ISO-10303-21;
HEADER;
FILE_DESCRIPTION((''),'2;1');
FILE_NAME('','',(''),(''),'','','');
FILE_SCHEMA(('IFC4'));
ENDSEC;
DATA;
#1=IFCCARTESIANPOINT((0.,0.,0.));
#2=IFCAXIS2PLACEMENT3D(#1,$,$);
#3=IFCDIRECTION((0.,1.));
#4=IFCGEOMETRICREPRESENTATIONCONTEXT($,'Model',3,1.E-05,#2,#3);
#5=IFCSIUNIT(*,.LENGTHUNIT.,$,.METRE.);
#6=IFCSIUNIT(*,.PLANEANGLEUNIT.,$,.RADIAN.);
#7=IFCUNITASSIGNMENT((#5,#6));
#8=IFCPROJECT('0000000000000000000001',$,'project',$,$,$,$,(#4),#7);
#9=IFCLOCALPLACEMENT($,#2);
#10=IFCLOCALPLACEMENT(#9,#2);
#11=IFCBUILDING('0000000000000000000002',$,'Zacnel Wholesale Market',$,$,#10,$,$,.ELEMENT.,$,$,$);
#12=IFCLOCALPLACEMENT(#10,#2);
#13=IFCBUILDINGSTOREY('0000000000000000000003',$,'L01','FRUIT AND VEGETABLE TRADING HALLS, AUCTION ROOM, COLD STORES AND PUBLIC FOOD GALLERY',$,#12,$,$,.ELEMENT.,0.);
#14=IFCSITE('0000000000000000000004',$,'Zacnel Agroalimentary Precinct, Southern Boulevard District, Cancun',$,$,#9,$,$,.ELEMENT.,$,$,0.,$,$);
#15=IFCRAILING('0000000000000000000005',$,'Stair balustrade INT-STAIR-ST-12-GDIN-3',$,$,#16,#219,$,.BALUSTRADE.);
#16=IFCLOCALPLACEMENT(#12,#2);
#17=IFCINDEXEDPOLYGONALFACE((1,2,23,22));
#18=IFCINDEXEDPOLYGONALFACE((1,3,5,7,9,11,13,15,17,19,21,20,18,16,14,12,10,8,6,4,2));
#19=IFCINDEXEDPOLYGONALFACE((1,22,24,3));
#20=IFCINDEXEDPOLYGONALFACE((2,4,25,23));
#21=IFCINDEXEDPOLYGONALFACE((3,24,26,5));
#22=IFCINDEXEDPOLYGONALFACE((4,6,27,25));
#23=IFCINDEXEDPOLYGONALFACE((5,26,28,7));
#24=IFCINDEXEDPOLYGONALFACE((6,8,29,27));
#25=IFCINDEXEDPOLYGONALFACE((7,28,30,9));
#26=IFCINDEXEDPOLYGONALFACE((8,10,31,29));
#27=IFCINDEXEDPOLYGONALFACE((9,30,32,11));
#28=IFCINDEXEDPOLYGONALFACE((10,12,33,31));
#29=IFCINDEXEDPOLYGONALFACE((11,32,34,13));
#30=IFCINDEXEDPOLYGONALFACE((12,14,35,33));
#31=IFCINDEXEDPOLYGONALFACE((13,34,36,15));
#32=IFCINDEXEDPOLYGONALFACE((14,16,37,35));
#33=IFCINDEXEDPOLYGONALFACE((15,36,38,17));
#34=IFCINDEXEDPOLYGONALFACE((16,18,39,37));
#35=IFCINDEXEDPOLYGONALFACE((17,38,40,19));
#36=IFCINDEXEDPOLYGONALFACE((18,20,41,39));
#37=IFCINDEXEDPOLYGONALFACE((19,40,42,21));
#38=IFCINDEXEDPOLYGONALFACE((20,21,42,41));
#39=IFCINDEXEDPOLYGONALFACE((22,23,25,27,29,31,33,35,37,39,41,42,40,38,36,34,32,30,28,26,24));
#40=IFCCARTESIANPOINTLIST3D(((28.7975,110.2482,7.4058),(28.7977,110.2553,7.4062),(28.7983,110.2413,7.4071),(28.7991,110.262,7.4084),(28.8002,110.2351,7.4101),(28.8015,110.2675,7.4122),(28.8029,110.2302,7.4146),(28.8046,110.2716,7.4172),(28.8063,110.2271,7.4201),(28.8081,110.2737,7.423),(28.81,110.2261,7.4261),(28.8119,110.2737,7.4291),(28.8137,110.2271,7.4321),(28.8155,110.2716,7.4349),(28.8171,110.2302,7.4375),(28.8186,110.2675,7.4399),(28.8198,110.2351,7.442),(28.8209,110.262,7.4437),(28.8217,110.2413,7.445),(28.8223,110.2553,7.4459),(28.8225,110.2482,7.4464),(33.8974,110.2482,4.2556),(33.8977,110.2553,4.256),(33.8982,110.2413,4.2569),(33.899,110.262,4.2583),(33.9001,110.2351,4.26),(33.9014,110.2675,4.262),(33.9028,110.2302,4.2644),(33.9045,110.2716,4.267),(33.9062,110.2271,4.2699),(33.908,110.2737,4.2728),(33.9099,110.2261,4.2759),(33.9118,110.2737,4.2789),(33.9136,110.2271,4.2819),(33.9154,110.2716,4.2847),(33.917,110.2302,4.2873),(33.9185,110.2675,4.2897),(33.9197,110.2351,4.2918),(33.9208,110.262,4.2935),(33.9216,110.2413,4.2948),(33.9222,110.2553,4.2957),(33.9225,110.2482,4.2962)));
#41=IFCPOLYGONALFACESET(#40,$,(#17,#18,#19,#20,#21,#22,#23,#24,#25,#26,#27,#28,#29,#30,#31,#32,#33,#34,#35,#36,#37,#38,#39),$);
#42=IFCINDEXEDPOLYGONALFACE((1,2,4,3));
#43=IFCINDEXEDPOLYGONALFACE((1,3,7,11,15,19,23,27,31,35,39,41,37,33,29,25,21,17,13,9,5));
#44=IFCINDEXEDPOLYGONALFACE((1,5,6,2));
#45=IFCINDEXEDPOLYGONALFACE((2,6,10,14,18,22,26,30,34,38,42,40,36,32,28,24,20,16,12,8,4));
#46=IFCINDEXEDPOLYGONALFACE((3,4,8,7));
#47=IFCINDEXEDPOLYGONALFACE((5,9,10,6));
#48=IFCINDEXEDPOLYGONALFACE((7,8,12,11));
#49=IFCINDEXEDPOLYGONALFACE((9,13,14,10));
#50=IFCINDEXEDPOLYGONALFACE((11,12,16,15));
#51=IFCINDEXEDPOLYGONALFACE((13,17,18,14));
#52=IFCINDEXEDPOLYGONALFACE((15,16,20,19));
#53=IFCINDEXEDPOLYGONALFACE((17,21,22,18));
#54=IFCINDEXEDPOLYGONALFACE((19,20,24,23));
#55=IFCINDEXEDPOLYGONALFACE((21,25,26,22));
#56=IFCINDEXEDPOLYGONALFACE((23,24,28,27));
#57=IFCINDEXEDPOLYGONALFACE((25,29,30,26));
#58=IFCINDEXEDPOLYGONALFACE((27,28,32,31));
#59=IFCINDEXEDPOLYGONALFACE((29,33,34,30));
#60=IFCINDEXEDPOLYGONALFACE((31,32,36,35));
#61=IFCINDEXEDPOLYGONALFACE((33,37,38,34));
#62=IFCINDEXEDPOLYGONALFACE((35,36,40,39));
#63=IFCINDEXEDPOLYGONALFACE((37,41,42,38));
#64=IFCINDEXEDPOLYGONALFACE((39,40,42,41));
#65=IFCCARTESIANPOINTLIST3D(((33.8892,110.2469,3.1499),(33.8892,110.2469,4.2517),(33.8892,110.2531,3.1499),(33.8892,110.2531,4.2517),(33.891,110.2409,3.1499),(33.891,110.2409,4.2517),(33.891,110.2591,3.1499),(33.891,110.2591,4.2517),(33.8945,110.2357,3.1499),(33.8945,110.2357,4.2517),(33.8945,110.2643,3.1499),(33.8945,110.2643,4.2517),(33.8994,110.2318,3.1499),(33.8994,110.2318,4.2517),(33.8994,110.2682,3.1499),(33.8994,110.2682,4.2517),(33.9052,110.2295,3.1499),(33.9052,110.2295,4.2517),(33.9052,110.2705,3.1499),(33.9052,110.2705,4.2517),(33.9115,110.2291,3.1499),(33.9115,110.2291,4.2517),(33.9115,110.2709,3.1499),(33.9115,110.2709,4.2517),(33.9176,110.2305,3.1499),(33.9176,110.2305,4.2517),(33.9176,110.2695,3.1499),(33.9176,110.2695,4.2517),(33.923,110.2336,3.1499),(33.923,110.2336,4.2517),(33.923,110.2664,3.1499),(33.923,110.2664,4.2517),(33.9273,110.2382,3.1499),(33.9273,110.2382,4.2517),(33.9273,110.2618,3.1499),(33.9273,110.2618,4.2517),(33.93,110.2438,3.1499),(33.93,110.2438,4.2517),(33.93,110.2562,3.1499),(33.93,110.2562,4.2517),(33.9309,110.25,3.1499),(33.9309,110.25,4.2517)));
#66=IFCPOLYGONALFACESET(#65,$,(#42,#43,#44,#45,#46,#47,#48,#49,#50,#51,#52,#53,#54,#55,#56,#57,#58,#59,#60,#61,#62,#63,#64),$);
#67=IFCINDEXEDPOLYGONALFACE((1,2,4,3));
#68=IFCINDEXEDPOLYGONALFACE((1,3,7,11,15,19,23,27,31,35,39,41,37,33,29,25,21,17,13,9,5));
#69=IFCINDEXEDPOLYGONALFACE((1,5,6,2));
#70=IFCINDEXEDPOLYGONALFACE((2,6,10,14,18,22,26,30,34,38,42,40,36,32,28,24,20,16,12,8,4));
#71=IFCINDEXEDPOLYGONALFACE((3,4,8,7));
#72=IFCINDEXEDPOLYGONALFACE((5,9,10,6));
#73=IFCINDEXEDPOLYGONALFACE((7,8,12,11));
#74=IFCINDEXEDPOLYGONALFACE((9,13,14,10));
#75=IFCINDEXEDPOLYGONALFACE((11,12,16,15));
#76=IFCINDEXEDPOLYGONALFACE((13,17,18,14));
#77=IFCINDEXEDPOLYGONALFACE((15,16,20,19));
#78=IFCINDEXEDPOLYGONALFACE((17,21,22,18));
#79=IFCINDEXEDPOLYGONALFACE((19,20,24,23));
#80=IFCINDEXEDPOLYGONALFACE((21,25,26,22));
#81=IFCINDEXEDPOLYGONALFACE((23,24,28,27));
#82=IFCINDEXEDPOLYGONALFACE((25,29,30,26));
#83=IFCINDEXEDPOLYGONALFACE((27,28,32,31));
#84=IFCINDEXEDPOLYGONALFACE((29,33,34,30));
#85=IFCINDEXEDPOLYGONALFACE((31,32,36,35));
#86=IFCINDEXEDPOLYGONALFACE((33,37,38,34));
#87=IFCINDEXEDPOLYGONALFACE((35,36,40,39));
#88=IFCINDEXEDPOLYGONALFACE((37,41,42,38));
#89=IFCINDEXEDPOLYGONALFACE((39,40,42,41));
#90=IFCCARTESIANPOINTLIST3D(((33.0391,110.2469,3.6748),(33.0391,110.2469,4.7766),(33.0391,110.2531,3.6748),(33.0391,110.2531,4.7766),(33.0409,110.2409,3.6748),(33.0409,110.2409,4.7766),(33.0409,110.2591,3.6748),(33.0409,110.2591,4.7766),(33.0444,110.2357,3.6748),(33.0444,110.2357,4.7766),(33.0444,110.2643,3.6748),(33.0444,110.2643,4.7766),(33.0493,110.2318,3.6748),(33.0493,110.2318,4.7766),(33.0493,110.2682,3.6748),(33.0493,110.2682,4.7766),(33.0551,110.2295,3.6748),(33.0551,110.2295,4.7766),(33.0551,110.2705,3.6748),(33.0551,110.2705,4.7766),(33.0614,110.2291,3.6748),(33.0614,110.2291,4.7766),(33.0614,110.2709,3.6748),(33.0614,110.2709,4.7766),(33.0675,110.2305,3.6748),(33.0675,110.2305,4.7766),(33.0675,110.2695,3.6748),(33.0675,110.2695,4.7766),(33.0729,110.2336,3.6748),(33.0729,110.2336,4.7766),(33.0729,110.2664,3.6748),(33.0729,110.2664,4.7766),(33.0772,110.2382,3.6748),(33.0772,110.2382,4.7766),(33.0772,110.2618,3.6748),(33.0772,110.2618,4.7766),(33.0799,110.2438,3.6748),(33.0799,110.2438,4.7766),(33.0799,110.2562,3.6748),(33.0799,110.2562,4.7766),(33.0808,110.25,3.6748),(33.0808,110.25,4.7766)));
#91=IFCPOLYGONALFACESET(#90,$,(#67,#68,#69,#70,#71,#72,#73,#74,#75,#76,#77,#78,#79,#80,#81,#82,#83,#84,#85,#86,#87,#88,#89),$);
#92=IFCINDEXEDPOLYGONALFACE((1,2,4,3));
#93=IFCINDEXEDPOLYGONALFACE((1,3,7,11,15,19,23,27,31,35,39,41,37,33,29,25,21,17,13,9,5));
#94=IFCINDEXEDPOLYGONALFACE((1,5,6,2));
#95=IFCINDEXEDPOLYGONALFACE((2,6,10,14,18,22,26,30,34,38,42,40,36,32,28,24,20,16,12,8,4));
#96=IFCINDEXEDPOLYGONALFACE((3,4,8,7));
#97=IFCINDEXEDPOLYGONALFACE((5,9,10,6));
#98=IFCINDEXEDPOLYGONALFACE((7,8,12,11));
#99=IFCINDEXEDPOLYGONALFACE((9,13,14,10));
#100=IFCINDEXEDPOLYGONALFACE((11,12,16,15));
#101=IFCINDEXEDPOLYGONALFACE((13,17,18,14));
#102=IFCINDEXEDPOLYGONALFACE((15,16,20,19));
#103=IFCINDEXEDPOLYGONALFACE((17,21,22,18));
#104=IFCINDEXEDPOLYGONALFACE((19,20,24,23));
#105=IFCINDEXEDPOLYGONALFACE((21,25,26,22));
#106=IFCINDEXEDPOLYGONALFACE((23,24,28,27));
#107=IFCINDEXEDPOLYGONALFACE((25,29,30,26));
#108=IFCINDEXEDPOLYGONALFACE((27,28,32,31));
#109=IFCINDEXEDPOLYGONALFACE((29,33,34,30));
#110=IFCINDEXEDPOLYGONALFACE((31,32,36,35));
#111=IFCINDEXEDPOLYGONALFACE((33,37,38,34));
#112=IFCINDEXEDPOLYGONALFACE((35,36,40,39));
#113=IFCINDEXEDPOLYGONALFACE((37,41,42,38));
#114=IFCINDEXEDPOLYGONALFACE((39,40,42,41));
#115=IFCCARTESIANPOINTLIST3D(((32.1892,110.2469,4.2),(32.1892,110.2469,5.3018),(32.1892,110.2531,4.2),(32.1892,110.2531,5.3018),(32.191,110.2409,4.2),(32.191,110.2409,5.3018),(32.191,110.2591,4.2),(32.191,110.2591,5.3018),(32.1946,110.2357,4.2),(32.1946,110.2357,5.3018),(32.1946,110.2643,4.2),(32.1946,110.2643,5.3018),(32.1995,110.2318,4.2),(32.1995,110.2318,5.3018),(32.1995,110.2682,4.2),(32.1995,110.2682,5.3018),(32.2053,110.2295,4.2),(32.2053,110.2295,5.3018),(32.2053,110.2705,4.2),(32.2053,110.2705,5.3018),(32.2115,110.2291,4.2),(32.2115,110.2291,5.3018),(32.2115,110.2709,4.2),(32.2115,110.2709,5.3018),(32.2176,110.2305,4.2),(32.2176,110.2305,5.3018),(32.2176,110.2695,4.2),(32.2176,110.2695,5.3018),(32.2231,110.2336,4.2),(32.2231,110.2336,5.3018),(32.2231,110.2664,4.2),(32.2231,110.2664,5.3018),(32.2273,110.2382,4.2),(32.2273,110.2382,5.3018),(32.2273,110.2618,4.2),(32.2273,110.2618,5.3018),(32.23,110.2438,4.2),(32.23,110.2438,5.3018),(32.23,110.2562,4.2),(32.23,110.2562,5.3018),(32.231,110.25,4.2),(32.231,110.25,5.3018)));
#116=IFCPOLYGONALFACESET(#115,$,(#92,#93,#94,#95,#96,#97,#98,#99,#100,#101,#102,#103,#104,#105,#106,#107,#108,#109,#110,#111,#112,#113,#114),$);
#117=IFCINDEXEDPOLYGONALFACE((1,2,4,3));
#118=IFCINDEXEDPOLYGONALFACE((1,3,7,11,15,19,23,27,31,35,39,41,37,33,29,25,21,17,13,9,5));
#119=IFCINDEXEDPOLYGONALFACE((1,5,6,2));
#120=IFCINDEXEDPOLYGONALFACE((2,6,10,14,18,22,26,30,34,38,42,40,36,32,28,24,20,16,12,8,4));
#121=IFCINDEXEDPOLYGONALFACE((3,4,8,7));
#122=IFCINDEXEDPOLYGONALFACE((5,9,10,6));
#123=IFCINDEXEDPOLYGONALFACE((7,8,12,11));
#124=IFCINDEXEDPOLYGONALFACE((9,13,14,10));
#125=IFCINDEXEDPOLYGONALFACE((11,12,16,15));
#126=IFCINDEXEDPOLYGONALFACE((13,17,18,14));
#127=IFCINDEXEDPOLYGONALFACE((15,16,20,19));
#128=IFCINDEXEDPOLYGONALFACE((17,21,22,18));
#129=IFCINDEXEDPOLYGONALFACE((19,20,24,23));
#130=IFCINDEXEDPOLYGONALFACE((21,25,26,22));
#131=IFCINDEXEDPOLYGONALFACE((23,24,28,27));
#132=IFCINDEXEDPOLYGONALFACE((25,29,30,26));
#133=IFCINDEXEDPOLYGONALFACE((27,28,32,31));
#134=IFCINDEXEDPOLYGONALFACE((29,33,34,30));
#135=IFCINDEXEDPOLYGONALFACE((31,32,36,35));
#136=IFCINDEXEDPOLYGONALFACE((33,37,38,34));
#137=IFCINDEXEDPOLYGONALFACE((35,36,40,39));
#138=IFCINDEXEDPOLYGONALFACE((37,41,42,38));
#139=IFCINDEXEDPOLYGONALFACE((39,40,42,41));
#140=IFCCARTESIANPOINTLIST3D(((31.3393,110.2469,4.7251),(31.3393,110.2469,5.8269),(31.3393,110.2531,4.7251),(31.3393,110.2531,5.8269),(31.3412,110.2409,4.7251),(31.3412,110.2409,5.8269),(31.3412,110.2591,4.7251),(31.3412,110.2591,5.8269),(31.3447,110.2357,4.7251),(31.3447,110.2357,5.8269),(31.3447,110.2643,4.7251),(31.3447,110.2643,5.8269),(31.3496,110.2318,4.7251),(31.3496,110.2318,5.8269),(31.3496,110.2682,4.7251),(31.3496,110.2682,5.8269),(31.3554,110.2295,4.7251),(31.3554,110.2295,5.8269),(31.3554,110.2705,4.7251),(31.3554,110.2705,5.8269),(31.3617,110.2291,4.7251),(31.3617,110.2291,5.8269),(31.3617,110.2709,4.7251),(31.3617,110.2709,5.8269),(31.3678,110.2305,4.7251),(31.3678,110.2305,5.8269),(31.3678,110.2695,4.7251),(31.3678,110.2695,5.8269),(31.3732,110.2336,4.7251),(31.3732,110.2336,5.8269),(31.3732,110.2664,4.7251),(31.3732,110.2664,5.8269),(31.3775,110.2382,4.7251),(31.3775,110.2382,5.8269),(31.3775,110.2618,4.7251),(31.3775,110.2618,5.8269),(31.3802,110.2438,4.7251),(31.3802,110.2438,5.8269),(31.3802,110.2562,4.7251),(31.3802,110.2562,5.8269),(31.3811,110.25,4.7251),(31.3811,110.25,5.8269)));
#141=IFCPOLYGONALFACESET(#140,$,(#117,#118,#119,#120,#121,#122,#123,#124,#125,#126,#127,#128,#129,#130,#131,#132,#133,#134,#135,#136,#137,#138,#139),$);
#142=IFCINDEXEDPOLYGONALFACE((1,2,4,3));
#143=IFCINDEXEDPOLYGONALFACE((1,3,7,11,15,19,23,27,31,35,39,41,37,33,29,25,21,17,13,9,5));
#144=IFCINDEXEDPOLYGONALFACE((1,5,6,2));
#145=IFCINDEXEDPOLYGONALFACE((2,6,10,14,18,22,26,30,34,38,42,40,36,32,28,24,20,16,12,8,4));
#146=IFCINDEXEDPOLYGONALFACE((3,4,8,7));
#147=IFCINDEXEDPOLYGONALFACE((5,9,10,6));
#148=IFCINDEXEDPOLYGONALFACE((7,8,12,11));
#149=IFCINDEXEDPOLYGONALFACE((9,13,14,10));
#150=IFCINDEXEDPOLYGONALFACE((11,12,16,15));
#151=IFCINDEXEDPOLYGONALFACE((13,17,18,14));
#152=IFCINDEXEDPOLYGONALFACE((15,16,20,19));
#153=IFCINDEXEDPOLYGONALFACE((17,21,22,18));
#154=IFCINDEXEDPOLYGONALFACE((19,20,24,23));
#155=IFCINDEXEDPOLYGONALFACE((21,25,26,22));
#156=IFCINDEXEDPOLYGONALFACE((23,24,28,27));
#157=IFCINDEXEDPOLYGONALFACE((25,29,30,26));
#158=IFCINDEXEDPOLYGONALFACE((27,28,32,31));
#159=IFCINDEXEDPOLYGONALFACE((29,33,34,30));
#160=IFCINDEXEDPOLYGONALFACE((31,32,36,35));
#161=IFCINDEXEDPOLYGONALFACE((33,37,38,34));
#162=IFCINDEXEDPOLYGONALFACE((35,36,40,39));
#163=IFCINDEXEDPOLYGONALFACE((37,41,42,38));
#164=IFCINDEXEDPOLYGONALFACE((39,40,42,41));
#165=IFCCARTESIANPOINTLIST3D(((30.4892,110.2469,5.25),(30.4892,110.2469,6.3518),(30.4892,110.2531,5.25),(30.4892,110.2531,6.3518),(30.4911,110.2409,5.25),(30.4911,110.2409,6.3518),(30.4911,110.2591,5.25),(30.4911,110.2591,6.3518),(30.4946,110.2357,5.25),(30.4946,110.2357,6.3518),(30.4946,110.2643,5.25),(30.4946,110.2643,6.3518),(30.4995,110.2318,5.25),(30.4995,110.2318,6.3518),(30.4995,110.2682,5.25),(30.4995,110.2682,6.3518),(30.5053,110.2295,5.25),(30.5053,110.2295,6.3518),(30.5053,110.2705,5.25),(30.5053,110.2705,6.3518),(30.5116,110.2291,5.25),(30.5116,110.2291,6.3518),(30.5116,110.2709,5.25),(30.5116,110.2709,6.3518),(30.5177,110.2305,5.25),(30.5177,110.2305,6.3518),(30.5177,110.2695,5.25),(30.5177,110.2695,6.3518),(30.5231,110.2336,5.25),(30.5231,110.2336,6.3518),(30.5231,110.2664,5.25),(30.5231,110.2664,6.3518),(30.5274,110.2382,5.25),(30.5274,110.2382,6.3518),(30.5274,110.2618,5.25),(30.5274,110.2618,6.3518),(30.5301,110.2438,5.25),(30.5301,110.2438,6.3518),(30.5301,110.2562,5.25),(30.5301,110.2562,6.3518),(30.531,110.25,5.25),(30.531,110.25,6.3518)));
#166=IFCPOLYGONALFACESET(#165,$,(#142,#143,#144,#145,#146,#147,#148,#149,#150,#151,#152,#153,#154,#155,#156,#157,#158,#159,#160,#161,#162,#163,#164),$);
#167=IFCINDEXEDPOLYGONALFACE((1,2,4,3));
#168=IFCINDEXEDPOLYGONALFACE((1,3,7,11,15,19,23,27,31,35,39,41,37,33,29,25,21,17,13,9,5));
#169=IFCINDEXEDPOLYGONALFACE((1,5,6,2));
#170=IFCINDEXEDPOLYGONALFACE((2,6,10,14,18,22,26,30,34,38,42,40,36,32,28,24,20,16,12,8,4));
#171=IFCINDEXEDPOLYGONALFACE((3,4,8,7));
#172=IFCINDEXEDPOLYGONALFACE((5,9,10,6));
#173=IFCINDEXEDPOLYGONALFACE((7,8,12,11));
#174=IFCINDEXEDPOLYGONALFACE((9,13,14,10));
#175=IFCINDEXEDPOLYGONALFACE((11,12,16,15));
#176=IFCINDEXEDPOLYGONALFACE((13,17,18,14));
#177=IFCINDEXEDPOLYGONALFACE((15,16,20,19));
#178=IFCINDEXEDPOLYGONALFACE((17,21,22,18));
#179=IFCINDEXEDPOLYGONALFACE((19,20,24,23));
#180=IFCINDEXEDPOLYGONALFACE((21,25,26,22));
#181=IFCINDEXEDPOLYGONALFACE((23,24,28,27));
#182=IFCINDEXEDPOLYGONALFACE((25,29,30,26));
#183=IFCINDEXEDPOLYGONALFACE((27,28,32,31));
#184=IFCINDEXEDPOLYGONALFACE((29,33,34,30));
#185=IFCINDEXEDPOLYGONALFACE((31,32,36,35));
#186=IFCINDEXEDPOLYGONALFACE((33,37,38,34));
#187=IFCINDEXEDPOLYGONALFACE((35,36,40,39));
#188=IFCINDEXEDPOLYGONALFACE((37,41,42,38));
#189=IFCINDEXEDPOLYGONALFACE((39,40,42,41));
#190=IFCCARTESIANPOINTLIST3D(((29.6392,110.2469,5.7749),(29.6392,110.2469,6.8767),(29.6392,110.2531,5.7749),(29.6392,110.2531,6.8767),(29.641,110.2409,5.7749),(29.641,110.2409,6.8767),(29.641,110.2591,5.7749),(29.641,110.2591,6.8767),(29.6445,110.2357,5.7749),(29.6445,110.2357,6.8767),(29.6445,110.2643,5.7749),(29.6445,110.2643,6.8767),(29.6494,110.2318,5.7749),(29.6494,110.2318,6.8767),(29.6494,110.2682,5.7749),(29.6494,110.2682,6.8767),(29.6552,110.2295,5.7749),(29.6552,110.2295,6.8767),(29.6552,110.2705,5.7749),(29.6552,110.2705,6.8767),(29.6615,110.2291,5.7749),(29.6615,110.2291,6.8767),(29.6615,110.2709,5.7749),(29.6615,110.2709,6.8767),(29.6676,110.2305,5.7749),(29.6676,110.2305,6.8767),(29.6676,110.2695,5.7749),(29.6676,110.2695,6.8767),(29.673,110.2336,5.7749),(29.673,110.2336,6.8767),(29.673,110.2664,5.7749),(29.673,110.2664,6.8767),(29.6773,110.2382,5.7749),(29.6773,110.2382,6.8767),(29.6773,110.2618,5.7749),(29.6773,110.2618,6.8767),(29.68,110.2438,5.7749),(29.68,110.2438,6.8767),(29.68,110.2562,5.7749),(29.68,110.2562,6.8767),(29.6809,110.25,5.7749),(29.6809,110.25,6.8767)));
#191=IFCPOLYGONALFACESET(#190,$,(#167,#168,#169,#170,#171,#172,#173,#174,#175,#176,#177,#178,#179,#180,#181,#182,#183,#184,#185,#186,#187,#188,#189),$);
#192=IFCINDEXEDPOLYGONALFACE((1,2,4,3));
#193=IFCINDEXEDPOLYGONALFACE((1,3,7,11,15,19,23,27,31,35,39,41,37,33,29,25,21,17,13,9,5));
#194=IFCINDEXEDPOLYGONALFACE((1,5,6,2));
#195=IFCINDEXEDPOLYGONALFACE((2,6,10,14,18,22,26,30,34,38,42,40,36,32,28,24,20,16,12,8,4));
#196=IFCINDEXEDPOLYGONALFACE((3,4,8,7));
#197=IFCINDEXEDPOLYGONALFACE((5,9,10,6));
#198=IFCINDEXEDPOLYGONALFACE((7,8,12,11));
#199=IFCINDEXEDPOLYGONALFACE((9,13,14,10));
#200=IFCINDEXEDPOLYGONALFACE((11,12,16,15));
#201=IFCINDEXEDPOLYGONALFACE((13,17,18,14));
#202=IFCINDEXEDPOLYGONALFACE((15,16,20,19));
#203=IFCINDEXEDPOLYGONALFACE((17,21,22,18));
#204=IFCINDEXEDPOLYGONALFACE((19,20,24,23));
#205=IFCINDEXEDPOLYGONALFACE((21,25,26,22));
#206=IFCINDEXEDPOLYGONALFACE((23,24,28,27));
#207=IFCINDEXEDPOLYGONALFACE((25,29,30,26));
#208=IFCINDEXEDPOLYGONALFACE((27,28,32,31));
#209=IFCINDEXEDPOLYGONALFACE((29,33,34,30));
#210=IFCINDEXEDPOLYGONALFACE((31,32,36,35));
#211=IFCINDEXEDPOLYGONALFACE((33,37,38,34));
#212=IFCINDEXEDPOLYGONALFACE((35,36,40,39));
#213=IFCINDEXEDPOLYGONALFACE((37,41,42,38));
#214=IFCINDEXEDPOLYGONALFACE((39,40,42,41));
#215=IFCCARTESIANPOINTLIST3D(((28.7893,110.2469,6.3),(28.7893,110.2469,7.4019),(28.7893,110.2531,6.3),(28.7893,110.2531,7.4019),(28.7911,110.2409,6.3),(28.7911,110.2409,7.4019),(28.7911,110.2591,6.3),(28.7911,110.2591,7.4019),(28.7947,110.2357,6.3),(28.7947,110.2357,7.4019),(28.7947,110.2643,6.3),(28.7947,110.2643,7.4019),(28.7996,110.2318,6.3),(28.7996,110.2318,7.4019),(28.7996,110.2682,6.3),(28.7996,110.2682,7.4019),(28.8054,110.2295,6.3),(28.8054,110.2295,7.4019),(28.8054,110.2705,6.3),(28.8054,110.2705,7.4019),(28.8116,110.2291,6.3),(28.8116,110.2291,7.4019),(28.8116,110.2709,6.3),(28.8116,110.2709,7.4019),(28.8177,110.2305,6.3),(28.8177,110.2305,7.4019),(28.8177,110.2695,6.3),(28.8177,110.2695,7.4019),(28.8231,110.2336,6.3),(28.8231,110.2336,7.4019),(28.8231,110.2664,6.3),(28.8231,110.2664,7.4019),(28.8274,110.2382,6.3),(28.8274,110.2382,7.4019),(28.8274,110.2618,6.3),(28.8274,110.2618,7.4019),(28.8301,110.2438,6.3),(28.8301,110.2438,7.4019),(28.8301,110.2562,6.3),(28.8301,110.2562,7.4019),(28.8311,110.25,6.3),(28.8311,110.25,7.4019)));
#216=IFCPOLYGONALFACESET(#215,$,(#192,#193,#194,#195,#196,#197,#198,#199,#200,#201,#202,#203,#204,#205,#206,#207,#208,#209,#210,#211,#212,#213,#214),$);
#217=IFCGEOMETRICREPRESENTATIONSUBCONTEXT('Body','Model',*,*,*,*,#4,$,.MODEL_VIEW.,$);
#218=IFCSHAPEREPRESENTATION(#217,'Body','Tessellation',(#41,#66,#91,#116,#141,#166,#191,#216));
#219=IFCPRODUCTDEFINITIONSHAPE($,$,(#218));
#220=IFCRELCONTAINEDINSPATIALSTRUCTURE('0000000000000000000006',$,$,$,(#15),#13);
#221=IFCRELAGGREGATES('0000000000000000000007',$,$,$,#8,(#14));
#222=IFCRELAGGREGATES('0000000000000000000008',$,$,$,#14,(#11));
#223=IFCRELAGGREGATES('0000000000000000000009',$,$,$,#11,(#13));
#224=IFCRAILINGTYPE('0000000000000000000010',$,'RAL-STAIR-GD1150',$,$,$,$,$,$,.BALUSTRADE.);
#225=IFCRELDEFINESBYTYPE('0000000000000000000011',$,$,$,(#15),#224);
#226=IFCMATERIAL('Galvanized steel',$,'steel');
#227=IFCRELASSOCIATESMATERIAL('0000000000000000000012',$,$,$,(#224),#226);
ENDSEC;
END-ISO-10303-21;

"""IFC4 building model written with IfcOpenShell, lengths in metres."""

from ifc_helpers import new_model, si_unit, direction, frame, origin, origin_2d, place, context, subcontext, project, spatial, circle, extrude, material, type_object, element, save


model = new_model("IFC4")

# Units and contexts
model_context = context("Model", 3, precision=1e-05, world=origin(), true_north=direction((0.0, 1.0)))
body_context = subcontext(model_context, "Body", "Model", "MODEL_VIEW")
ifc_project = project(units=[si_unit("LENGTHUNIT", "METRE"), si_unit("PLANEANGLEUNIT", "RADIAN")], contexts=[model_context])

# Site, building, storey
site_placement = place(None, origin())
site = spatial("IfcSite", under=ifc_project, at=site_placement, Name="Zacnel Agroalimentary Precinct, Southern Boulevard District, Cancun", CompositionType="ELEMENT", RefElevation=0.0)
building_placement = place(site_placement, origin())
building = spatial("IfcBuilding", under=site, at=building_placement, Name="Zacnel Wholesale Market", CompositionType="ELEMENT")
storey_placement = place(building_placement, origin())
storey = spatial("IfcBuildingStorey", under=building, at=storey_placement, Name="L01", Description="FRUIT AND VEGETABLE TRADING HALLS, AUCTION ROOM, COLD STORES AND PUBLIC FOOD GALLERY", CompositionType="ELEMENT", Elevation=0.0)

# Railing
ifc_material_1 = material(Name="Galvanized steel", Category="steel")
railing_type_1 = type_object("IfcRailingType", Name="RAL-STAIR-GD1150", PredefinedType="BALUSTRADE", material=ifc_material_1)
railing_1_placement = place(storey_placement, frame((33.9099, 110.25, 3.1499)))
element("IfcRailing", 1, at=railing_1_placement, inside=storey, type_object=railing_type_1, Name="Stair balustrade INT-STAIR-ST-12-GDIN-3", PredefinedType="BALUSTRADE", context=body_context, shape_type="SweptSolid", body=[
    extrude(circle(Radius=0.0239, at=origin_2d()), frame((0.0, 0.0, 1.126), z_axis=(-0.85078, 0.0, 0.525521), x_axis=(0.0, -1.0, 0.0)), (0.0, 0.0, 1.0), 5.9944),
    extrude(circle(Radius=0.021, at=origin_2d()), origin(), (0.0, 0.0, 1.0), 1.1018),
    extrude(circle(Radius=0.021, at=origin_2d()), frame((-0.8501, 0.0, 0.5249)), (0.0, 0.0, 1.0), 1.1018),
    extrude(circle(Radius=0.021, at=origin_2d()), frame((-1.7, 0.0, 1.05)), (0.0, 0.0, 1.0), 1.1018),
    extrude(circle(Radius=0.021, at=origin_2d()), frame((-2.5498, 0.0, 1.5752)), (0.0, 0.0, 1.0), 1.1018),
    extrude(circle(Radius=0.021, at=origin_2d()), frame((-3.3999, 0.0, 2.1001)), (0.0, 0.0, 1.0), 1.1018),
    extrude(circle(Radius=0.021, at=origin_2d()), frame((-4.25, 0.0, 2.625)), (0.0, 0.0, 1.0), 1.1018),
    extrude(circle(Radius=0.021, at=origin_2d()), frame((-5.0999, 0.0, 3.1501)), (0.0, 0.0, 1.0), 1.1018),
])

save(model, "model.ifc")
